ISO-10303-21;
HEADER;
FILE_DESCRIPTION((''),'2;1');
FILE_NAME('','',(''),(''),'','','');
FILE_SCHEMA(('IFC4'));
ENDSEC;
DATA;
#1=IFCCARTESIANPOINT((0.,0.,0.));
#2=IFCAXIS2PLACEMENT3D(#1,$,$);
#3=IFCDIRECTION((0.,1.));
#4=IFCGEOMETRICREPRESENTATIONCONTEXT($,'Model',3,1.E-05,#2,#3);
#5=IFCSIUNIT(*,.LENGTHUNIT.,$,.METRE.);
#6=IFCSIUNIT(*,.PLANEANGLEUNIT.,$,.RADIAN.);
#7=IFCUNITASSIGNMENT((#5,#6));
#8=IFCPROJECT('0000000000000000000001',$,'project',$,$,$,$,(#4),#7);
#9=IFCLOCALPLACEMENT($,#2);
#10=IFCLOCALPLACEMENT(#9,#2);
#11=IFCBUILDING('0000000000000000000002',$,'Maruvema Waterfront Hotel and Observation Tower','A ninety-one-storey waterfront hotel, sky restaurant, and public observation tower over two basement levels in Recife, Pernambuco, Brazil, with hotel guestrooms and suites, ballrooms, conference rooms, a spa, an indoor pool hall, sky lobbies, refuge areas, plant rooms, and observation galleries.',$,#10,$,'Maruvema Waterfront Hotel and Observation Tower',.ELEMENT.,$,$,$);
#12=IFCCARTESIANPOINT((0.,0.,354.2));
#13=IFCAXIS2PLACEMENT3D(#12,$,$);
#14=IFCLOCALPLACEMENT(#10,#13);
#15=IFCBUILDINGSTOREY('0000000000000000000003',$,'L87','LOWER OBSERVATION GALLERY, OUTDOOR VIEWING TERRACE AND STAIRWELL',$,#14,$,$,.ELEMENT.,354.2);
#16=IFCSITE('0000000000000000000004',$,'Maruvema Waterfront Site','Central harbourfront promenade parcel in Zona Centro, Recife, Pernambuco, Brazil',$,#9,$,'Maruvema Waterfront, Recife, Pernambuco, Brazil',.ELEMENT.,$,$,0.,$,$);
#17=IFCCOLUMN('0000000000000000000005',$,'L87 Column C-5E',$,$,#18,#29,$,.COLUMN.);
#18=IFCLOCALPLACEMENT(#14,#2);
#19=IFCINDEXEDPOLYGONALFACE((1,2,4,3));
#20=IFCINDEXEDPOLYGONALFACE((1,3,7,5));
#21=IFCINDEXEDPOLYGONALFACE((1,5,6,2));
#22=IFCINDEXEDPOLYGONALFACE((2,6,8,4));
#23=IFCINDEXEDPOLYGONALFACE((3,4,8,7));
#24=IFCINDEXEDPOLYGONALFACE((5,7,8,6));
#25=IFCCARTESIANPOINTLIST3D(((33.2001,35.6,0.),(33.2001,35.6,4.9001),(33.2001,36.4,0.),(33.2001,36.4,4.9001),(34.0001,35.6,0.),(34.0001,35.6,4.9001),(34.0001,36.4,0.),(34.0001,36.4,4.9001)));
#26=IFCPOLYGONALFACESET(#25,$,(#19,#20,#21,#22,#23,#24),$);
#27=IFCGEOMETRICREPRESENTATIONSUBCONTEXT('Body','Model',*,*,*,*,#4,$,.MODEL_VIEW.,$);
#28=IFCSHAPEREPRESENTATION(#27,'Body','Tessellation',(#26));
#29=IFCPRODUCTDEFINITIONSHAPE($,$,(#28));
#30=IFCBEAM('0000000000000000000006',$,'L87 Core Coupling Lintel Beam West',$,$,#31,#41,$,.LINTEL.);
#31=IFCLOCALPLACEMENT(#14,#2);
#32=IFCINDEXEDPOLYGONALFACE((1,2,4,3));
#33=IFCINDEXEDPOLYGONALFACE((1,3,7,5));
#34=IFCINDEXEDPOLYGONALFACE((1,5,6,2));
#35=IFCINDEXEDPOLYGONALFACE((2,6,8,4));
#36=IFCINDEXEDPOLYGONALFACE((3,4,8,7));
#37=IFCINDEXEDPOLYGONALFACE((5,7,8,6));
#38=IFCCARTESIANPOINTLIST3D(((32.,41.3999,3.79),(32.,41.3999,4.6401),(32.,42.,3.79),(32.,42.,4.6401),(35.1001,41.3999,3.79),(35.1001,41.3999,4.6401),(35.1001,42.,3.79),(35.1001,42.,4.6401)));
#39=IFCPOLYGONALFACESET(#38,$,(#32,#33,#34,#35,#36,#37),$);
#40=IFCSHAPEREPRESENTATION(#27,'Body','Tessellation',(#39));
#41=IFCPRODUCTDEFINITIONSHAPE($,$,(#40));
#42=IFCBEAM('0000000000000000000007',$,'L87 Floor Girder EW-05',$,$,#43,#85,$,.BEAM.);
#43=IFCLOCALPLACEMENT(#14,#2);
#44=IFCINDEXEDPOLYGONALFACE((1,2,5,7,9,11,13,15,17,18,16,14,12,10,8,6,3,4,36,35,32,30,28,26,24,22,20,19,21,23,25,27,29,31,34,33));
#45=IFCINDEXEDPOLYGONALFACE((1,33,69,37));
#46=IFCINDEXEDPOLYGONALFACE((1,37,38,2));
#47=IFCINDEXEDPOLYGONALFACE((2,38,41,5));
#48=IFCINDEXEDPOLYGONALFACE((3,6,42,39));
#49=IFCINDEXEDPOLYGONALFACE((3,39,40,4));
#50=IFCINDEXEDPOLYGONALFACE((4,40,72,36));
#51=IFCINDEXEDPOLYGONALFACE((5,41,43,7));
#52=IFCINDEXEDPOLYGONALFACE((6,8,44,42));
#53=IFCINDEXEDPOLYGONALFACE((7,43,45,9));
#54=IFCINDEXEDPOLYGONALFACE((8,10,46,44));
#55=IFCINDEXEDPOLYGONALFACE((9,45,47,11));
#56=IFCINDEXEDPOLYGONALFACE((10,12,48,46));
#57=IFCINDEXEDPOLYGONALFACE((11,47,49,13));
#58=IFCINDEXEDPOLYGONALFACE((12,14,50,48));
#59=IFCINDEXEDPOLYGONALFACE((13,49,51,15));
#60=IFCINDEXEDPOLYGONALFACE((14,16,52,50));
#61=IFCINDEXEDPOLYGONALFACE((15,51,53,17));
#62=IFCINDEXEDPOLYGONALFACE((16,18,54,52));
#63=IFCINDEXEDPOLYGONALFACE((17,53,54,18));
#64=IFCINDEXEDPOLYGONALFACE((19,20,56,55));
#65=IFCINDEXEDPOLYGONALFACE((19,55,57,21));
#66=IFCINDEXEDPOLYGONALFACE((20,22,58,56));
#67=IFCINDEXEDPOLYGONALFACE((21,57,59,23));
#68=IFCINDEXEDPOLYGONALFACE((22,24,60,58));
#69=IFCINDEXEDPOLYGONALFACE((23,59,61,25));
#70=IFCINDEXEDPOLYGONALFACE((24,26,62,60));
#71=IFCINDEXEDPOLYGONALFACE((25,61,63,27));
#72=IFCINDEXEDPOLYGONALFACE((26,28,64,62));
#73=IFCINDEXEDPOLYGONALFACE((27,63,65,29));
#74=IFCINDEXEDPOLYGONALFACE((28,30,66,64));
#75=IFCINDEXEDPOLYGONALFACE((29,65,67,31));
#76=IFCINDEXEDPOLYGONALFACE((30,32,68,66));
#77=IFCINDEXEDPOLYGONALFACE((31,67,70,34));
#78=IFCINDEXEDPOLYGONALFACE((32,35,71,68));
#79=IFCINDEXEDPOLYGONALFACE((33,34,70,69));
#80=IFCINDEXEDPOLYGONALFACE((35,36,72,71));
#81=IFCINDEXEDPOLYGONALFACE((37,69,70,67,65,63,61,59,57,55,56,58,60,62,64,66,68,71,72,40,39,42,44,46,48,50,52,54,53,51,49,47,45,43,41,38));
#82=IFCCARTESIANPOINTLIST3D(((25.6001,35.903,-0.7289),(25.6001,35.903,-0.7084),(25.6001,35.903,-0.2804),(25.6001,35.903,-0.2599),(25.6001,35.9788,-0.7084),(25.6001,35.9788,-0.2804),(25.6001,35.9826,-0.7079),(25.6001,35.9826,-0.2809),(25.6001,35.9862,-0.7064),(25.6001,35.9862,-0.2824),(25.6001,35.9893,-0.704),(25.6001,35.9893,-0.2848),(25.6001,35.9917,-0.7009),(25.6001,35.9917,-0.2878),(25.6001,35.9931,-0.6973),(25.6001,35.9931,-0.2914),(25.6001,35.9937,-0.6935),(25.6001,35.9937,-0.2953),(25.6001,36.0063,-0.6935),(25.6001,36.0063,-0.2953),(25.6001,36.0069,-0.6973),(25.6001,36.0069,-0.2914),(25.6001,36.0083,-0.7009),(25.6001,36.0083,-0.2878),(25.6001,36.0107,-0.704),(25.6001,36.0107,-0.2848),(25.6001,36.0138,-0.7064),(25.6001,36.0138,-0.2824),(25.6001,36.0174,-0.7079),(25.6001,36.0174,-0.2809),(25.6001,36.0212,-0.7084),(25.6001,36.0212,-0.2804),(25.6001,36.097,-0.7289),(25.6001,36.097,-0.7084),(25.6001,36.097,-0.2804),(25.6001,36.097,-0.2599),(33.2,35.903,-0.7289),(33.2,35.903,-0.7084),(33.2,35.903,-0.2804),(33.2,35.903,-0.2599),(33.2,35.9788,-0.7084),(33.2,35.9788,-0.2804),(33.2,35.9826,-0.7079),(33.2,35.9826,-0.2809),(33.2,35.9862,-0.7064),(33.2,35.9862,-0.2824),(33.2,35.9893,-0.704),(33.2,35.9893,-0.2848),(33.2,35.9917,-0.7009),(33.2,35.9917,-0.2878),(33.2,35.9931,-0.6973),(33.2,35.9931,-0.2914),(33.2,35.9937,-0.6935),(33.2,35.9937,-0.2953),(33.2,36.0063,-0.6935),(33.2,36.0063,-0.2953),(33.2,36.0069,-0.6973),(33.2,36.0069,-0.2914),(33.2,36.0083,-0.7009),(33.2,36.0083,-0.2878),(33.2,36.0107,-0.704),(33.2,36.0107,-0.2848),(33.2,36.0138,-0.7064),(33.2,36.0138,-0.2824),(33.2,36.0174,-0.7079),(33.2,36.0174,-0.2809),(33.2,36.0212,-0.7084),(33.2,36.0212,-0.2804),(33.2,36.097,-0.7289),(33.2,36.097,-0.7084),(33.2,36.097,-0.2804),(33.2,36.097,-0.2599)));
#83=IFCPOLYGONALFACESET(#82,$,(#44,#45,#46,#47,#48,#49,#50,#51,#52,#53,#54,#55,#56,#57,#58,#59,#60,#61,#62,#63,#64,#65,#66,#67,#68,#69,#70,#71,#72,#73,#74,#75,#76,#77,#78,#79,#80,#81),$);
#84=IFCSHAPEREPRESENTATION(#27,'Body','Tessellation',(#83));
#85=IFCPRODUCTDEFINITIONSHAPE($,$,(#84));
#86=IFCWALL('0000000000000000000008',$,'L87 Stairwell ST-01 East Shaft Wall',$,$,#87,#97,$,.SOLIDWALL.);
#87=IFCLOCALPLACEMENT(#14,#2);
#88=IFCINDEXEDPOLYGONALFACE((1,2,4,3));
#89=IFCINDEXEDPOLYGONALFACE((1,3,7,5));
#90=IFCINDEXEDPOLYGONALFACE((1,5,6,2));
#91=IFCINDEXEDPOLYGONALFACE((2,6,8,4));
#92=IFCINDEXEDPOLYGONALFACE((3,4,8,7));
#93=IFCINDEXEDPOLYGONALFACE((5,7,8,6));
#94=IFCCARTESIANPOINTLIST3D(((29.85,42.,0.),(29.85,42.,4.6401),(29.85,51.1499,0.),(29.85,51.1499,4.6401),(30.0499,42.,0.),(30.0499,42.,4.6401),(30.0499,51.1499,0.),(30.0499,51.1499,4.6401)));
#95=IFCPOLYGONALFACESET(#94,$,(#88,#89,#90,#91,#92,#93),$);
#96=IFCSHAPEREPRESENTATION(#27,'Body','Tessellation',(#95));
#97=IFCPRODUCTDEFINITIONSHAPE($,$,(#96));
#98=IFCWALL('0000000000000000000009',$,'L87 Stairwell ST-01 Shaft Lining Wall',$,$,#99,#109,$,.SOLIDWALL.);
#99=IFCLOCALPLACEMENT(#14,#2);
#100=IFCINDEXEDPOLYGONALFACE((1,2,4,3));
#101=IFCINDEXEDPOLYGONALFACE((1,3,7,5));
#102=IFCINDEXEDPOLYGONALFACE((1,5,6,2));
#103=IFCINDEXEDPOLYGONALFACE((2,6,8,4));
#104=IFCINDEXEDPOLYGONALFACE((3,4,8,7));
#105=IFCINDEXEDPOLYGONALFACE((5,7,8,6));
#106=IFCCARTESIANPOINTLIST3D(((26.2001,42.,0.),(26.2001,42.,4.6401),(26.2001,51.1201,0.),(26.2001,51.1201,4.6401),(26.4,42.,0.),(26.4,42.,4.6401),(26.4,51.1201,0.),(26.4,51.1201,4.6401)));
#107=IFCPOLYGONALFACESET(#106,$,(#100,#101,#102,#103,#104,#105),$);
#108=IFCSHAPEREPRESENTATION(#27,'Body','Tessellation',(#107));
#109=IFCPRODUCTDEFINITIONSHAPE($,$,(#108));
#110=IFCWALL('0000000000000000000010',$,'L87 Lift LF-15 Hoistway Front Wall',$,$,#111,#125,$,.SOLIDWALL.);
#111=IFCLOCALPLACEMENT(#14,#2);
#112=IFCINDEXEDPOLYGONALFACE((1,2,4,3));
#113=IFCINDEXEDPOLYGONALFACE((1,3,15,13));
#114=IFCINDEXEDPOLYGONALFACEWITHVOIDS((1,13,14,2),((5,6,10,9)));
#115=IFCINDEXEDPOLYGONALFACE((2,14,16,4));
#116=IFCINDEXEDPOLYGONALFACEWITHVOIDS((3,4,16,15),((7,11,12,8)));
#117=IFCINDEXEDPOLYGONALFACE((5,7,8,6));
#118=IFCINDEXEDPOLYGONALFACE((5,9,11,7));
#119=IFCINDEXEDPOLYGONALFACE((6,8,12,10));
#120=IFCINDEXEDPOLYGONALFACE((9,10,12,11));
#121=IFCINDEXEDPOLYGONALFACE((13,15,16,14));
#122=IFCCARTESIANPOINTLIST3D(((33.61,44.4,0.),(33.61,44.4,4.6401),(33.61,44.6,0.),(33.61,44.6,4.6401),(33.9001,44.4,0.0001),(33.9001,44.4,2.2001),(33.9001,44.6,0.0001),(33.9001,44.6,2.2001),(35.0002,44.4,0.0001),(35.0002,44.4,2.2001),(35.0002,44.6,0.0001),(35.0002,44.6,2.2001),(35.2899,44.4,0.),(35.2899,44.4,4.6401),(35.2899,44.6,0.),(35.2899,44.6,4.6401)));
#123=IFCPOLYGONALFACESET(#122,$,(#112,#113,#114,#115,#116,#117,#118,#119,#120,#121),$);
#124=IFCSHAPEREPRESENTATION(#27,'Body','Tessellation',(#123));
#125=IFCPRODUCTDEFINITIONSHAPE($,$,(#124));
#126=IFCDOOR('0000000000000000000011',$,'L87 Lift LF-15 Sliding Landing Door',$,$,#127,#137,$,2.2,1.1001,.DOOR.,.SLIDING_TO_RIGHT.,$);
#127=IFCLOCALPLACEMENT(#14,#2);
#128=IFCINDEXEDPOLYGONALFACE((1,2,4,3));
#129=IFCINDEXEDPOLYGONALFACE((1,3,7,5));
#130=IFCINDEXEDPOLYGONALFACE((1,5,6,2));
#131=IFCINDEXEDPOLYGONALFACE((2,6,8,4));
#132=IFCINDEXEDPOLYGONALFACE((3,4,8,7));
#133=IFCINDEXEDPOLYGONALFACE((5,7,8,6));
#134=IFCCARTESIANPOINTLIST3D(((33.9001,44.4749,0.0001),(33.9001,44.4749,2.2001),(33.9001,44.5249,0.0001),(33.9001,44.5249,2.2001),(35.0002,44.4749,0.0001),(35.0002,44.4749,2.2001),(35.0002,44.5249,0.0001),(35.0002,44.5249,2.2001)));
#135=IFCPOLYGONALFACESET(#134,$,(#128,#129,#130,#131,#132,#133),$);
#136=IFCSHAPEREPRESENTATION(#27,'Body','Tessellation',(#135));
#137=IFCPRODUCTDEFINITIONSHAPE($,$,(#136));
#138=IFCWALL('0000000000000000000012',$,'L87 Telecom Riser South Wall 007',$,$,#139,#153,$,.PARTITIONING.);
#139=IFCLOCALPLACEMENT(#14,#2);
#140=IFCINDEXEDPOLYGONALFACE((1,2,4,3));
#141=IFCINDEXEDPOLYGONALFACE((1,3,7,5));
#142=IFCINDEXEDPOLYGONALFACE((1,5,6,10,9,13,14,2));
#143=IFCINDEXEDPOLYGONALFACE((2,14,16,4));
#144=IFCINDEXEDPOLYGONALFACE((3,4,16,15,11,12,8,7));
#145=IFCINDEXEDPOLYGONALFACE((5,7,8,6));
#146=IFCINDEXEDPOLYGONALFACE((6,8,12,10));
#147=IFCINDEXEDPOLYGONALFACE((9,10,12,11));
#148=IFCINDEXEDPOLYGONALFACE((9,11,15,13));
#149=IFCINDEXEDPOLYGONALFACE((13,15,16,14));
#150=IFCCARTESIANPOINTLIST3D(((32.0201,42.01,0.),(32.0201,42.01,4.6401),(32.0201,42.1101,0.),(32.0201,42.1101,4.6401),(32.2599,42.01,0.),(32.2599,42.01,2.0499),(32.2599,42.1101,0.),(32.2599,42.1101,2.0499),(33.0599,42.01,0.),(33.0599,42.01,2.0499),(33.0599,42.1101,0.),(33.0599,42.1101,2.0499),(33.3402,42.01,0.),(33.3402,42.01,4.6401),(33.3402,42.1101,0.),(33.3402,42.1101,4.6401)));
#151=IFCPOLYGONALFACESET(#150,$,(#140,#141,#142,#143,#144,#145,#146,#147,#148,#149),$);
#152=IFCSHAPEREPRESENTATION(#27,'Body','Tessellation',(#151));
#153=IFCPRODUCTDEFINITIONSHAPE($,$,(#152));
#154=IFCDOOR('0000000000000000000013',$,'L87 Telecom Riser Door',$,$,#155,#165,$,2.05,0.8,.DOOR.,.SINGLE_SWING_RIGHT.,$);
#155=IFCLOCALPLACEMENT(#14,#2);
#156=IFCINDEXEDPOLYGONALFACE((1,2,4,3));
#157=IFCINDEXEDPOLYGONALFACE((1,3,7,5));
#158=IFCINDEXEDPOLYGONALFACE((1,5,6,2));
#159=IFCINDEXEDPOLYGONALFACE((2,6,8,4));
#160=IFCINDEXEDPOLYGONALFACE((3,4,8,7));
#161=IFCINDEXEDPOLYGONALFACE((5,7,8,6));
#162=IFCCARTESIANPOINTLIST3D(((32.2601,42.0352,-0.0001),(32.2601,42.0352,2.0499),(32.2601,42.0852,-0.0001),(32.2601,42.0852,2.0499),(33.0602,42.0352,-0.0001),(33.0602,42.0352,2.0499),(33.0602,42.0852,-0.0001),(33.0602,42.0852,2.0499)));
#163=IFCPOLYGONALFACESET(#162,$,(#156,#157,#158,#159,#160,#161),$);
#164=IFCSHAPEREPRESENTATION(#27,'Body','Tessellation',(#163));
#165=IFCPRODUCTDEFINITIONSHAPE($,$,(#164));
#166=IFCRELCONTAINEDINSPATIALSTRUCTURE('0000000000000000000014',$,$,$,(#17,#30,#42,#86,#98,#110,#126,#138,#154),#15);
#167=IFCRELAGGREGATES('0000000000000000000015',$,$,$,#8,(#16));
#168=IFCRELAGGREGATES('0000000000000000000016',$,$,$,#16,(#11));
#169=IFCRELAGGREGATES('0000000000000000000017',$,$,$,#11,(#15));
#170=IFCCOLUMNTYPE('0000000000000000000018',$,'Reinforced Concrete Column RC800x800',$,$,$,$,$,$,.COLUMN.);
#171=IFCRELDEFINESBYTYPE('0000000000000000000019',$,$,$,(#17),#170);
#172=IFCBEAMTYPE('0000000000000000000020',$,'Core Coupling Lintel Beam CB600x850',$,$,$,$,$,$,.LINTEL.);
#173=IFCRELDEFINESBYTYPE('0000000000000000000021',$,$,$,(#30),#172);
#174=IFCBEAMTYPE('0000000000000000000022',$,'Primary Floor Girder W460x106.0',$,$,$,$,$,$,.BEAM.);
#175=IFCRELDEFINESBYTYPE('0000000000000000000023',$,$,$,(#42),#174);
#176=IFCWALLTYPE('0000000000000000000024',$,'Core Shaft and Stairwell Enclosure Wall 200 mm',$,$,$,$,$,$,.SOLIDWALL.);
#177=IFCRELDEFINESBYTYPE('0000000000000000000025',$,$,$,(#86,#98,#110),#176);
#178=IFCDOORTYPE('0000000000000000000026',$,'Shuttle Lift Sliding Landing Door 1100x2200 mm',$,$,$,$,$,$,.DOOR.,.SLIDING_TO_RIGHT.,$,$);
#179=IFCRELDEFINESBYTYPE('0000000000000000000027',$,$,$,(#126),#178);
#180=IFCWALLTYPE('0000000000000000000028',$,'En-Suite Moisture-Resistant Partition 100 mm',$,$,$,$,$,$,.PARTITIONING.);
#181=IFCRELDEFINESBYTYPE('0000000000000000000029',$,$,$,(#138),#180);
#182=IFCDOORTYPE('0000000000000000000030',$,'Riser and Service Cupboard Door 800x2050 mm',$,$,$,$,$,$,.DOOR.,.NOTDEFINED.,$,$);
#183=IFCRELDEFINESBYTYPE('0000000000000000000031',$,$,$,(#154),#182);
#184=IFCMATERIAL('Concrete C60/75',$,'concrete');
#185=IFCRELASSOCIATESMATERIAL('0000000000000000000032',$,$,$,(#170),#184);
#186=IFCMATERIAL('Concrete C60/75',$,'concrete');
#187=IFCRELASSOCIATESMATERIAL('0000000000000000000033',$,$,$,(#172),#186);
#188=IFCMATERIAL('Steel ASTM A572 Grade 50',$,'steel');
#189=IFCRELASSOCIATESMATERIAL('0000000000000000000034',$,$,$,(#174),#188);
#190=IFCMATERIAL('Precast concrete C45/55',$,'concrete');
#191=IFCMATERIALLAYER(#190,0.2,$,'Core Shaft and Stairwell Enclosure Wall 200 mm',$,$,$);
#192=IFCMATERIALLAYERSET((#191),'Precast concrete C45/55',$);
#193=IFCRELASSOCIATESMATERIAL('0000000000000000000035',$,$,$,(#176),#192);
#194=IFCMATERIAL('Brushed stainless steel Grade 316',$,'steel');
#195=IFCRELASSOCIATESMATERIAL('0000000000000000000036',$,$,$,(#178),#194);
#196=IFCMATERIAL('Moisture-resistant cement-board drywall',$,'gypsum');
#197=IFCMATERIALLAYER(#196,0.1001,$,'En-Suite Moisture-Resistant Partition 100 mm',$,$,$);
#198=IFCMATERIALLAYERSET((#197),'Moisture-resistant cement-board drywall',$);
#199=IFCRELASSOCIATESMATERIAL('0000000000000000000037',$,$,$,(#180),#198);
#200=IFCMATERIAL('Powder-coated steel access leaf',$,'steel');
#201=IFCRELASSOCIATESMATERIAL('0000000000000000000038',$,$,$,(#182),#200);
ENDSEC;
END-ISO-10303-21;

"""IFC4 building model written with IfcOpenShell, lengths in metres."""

from ifc_helpers import new_model, si_unit, direction, frame, frame_2d, origin, origin_2d, place, context, subcontext, project, spatial, rectangle, i_section, extrude, material, layer, layer_set, material_profile, profile_set, type_object, element, fill, save


model = new_model("IFC4")

# Units and contexts
model_context = context("Model", 3, precision=1e-05, world=origin(), true_north=direction((0.0, 1.0)))
body_context = subcontext(model_context, "Body", "Model", "MODEL_VIEW")
ifc_project = project(units=[si_unit("LENGTHUNIT", "METRE"), si_unit("PLANEANGLEUNIT", "RADIAN")], contexts=[model_context])

# Site, building, storey
site_placement = place(None, origin())
site = spatial("IfcSite", under=ifc_project, at=site_placement, Name="Maruvema Waterfront Site", Description="Central harbourfront promenade parcel in Zona Centro, Recife, Pernambuco, Brazil", LongName="Maruvema Waterfront, Recife, Pernambuco, Brazil", CompositionType="ELEMENT", RefElevation=0.0)
building_placement = place(site_placement, origin())
building = spatial("IfcBuilding", under=site, at=building_placement, Name="Maruvema Waterfront Hotel and Observation Tower", Description="A ninety-one-storey waterfront hotel, sky restaurant, and public observation tower over two basement levels in Recife, Pernambuco, Brazil, with hotel guestrooms and suites, ballrooms, conference rooms, a spa, an indoor pool hall, sky lobbies, refuge areas, plant rooms, and observation galleries.", LongName="Maruvema Waterfront Hotel and Observation Tower", CompositionType="ELEMENT")
storey_placement = place(building_placement, frame((0.0, 0.0, 354.2)))
storey = spatial("IfcBuildingStorey", under=building, at=storey_placement, Name="L87", Description="LOWER OBSERVATION GALLERY, OUTDOOR VIEWING TERRACE AND STAIRWELL", CompositionType="ELEMENT", Elevation=354.2)

# Column
ifc_material_1 = material(Name="Concrete C60/75", Category="concrete")
ifc_material_profile_1 = material_profile(ifc_material_1, rectangle(XDim=0.8, YDim=0.8, at=origin_2d()), Name="RC800x800")
ifc_profile_set_1 = profile_set([ifc_material_profile_1], Name="Concrete C60/75")
column_type = type_object("IfcColumnType", Name="Reinforced Concrete Column RC800x800", PredefinedType="COLUMN", material=ifc_profile_set_1)
column_placement = place(storey_placement, frame((33.6001, 36.0, 0.0), z_axis=(0.0, 0.0, 1.0), x_axis=(1.0, 0.0, 0.0)))
element("IfcColumn", 1, at=column_placement, inside=storey, type_object=column_type, Name="L87 Column C-5E", PredefinedType="COLUMN", context=body_context, shape_type="SweptSolid", body=[
    extrude(rectangle(XDim=0.8, YDim=0.8, at=origin_2d()), origin(), (0.0, 0.0, 1.0), 4.9001),
])

# Beams
ifc_material_2 = material(Name="Concrete C60/75", Category="concrete")
ifc_material_profile_2 = material_profile(ifc_material_2, rectangle(XDim=0.6001, YDim=0.8501, at=origin_2d()), Name="CB600x850")
ifc_profile_set_2 = profile_set([ifc_material_profile_2], Name="Concrete C60/75")
beam_type_1 = type_object("IfcBeamType", Name="Core Coupling Lintel Beam CB600x850", PredefinedType="LINTEL", material=ifc_profile_set_2)
beam_1_placement = place(storey_placement, frame((32.0, 41.7, 4.2151), z_axis=(1.0, 0.0, 0.0), x_axis=(0.0, 1.0, 0.0)))
element("IfcBeam", 2, at=beam_1_placement, inside=storey, type_object=beam_type_1, Name="L87 Core Coupling Lintel Beam West", PredefinedType="LINTEL", context=body_context, shape_type="SweptSolid", body=[
    extrude(rectangle(XDim=0.6001, YDim=0.8501, at=origin_2d()), origin(), (0.0, 0.0, 1.0), 3.1001),
])
ifc_material_3 = material(Name="Steel ASTM A572 Grade 50", Category="steel")
ifc_material_profile_3 = material_profile(ifc_material_3, i_section(OverallWidth=0.1941, OverallDepth=0.469, WebThickness=0.0127, FlangeThickness=0.0205, FilletRadius=0.0149, at=origin_2d()), Name="W460x106.0")
ifc_profile_set_3 = profile_set([ifc_material_profile_3], Name="Steel ASTM A572 Grade 50")
beam_type_2 = type_object("IfcBeamType", Name="Primary Floor Girder W460x106.0", PredefinedType="BEAM", material=ifc_profile_set_3)
beam_2_placement = place(storey_placement, frame((25.6001, 36.0, -0.4944), z_axis=(1.0, 0.0, 0.0), x_axis=(0.0, 1.0, 0.0)))
element("IfcBeam", 3, at=beam_2_placement, inside=storey, type_object=beam_type_2, Name="L87 Floor Girder EW-05", PredefinedType="BEAM", context=body_context, shape_type="SweptSolid", body=[
    extrude(i_section(OverallWidth=0.1941, OverallDepth=0.469, WebThickness=0.0127, FlangeThickness=0.0205, FilletRadius=0.0149, at=origin_2d()), origin(), (0.0, 0.0, 1.0), 7.5999),
])

# Walls
ifc_material_4 = material(Name="Precast concrete C45/55", Category="concrete")
ifc_layer_1 = layer(ifc_material_4, 0.2, Name="Core Shaft and Stairwell Enclosure Wall 200 mm")
ifc_layer_set_1 = layer_set([ifc_layer_1], Name="Precast concrete C45/55")
wall_type_1 = type_object("IfcWallType", Name="Core Shaft and Stairwell Enclosure Wall 200 mm", PredefinedType="SOLIDWALL", material=ifc_layer_set_1)
wall_1_placement = place(storey_placement, frame((29.95, 42.0, 0.0), z_axis=(0.0, 0.0, 1.0), x_axis=(0.0, 1.0, 0.0)))
element("IfcWall", 4, at=wall_1_placement, inside=storey, type_object=wall_type_1, Name="L87 Stairwell ST-01 East Shaft Wall", PredefinedType="SOLIDWALL", context=body_context, shape_type="SweptSolid", body=[
    extrude(rectangle(XDim=9.1499, YDim=0.2, at=frame_2d((4.575, 0.0))), origin(), (0.0, 0.0, 1.0), 4.6401),
])
wall_2_placement = place(storey_placement, frame((26.3, 42.0, 0.0), z_axis=(0.0, 0.0, 1.0), x_axis=(0.0, 1.0, 0.0)))
element("IfcWall", 5, at=wall_2_placement, inside=storey, type_object=wall_type_1, Name="L87 Stairwell ST-01 Shaft Lining Wall", PredefinedType="SOLIDWALL", context=body_context, shape_type="SweptSolid", body=[
    extrude(rectangle(XDim=9.1201, YDim=0.2, at=frame_2d((4.5601, 0.0))), origin(), (0.0, 0.0, 1.0), 4.6401),
])

# Walls, openings, doors
wall_3_placement = place(storey_placement, frame((33.6101, 44.5, 0.0), z_axis=(0.0, 0.0, 1.0), x_axis=(1.0, 0.0, 0.0)))
wall_3 = element("IfcWall", 6, at=wall_3_placement, inside=storey, type_object=wall_type_1, Name="L87 Lift LF-15 Hoistway Front Wall", PredefinedType="SOLIDWALL", context=body_context, shape_type="SweptSolid", body=[
    extrude(rectangle(XDim=1.6799, YDim=0.2, at=frame_2d((0.8398, 0.0))), origin(), (0.0, 0.0, 1.0), 4.6401),
])
opening_1_placement = place(wall_3_placement, frame((0.29, 0.0, 0.0)))
opening_1 = element("IfcOpeningElement", 7, at=opening_1_placement, cuts=wall_3, PredefinedType="OPENING", context=body_context, shape_type="SweptSolid", body=[
    extrude(rectangle(XDim=1.1001, YDim=2.2, at=frame_2d((0.55, 1.1001))), frame((0.0, 0.1099, 0.0), z_axis=(0.0, -1.0, 0.0), x_axis=(1.0, 0.0, 0.0)), (0.0, 0.0, 1.0), 0.22),
])
ifc_material_5 = material(Name="Brushed stainless steel Grade 316", Category="steel")
door_type_1 = type_object("IfcDoorType", Name="Shuttle Lift Sliding Landing Door 1100x2200 mm", OperationType="SLIDING_TO_RIGHT", PredefinedType="DOOR", material=ifc_material_5)
door_1_placement = place(opening_1_placement, origin())
door_1 = element("IfcDoor", 8, at=door_1_placement, inside=storey, type_object=door_type_1, Name="L87 Lift LF-15 Sliding Landing Door", OperationType="SLIDING_TO_RIGHT", OverallHeight=2.2, OverallWidth=1.1001, PredefinedType="DOOR", context=body_context, shape_type="SweptSolid", body=[
    extrude(rectangle(XDim=1.1001, YDim=2.2, at=frame_2d((0.55, 1.1001))), frame((0.0, 0.0249, 0.0), z_axis=(0.0, -1.0, 0.0), x_axis=(1.0, 0.0, 0.0)), (0.0, 0.0, 1.0), 0.05),
])
fill(opening_1, door_1)
ifc_material_6 = material(Name="Moisture-resistant cement-board drywall", Category="gypsum")
ifc_layer_2 = layer(ifc_material_6, 0.1001, Name="En-Suite Moisture-Resistant Partition 100 mm")
ifc_layer_set_2 = layer_set([ifc_layer_2], Name="Moisture-resistant cement-board drywall")
wall_type_2 = type_object("IfcWallType", Name="En-Suite Moisture-Resistant Partition 100 mm", PredefinedType="PARTITIONING", material=ifc_layer_set_2)
wall_4_placement = place(storey_placement, frame((32.02, 42.0601, 0.0), z_axis=(0.0, 0.0, 1.0), x_axis=(1.0, 0.0, 0.0)))
wall_4 = element("IfcWall", 9, at=wall_4_placement, inside=storey, type_object=wall_type_2, Name="L87 Telecom Riser South Wall 007", PredefinedType="PARTITIONING", context=body_context, shape_type="SweptSolid", body=[
    extrude(rectangle(XDim=1.3201, YDim=0.1001, at=frame_2d((0.6602, 0.0))), origin(), (0.0, 0.0, 1.0), 4.6401),
])
opening_2_placement = place(wall_4_placement, frame((0.24, 0.0, 0.0)))
opening_2 = element("IfcOpeningElement", 10, at=opening_2_placement, cuts=wall_4, PredefinedType="OPENING", context=body_context, shape_type="SweptSolid", body=[
    extrude(rectangle(XDim=0.8, YDim=2.05, at=frame_2d((0.3999, 1.0249))), frame((0.0, 0.0601, 0.0), z_axis=(0.0, -1.0, 0.0), x_axis=(1.0, 0.0, 0.0)), (0.0, 0.0, 1.0), 0.1201),
])
ifc_material_7 = material(Name="Powder-coated steel access leaf", Category="steel")
door_type_2 = type_object("IfcDoorType", Name="Riser and Service Cupboard Door 800x2050 mm", OperationType="NOTDEFINED", PredefinedType="DOOR", material=ifc_material_7)
door_2_placement = place(opening_2_placement, frame((0.8, 0.0, 0.0), z_axis=(0.0, 0.0, 1.0), x_axis=(-1.0, 0.0, 0.0)))
door_2 = element("IfcDoor", 11, at=door_2_placement, inside=storey, type_object=door_type_2, Name="L87 Telecom Riser Door", OperationType="SINGLE_SWING_RIGHT", OverallHeight=2.05, OverallWidth=0.8, PredefinedType="DOOR", context=body_context, shape_type="SweptSolid", body=[
    extrude(rectangle(XDim=0.8, YDim=2.05, at=frame_2d((0.3999, 1.0249))), frame((0.0, 0.0249, 0.0), z_axis=(0.0, -1.0, 0.0), x_axis=(1.0, 0.0, 0.0)), (0.0, 0.0, 1.0), 0.05),
])
fill(opening_2, door_2)

save(model, "model.ifc")
